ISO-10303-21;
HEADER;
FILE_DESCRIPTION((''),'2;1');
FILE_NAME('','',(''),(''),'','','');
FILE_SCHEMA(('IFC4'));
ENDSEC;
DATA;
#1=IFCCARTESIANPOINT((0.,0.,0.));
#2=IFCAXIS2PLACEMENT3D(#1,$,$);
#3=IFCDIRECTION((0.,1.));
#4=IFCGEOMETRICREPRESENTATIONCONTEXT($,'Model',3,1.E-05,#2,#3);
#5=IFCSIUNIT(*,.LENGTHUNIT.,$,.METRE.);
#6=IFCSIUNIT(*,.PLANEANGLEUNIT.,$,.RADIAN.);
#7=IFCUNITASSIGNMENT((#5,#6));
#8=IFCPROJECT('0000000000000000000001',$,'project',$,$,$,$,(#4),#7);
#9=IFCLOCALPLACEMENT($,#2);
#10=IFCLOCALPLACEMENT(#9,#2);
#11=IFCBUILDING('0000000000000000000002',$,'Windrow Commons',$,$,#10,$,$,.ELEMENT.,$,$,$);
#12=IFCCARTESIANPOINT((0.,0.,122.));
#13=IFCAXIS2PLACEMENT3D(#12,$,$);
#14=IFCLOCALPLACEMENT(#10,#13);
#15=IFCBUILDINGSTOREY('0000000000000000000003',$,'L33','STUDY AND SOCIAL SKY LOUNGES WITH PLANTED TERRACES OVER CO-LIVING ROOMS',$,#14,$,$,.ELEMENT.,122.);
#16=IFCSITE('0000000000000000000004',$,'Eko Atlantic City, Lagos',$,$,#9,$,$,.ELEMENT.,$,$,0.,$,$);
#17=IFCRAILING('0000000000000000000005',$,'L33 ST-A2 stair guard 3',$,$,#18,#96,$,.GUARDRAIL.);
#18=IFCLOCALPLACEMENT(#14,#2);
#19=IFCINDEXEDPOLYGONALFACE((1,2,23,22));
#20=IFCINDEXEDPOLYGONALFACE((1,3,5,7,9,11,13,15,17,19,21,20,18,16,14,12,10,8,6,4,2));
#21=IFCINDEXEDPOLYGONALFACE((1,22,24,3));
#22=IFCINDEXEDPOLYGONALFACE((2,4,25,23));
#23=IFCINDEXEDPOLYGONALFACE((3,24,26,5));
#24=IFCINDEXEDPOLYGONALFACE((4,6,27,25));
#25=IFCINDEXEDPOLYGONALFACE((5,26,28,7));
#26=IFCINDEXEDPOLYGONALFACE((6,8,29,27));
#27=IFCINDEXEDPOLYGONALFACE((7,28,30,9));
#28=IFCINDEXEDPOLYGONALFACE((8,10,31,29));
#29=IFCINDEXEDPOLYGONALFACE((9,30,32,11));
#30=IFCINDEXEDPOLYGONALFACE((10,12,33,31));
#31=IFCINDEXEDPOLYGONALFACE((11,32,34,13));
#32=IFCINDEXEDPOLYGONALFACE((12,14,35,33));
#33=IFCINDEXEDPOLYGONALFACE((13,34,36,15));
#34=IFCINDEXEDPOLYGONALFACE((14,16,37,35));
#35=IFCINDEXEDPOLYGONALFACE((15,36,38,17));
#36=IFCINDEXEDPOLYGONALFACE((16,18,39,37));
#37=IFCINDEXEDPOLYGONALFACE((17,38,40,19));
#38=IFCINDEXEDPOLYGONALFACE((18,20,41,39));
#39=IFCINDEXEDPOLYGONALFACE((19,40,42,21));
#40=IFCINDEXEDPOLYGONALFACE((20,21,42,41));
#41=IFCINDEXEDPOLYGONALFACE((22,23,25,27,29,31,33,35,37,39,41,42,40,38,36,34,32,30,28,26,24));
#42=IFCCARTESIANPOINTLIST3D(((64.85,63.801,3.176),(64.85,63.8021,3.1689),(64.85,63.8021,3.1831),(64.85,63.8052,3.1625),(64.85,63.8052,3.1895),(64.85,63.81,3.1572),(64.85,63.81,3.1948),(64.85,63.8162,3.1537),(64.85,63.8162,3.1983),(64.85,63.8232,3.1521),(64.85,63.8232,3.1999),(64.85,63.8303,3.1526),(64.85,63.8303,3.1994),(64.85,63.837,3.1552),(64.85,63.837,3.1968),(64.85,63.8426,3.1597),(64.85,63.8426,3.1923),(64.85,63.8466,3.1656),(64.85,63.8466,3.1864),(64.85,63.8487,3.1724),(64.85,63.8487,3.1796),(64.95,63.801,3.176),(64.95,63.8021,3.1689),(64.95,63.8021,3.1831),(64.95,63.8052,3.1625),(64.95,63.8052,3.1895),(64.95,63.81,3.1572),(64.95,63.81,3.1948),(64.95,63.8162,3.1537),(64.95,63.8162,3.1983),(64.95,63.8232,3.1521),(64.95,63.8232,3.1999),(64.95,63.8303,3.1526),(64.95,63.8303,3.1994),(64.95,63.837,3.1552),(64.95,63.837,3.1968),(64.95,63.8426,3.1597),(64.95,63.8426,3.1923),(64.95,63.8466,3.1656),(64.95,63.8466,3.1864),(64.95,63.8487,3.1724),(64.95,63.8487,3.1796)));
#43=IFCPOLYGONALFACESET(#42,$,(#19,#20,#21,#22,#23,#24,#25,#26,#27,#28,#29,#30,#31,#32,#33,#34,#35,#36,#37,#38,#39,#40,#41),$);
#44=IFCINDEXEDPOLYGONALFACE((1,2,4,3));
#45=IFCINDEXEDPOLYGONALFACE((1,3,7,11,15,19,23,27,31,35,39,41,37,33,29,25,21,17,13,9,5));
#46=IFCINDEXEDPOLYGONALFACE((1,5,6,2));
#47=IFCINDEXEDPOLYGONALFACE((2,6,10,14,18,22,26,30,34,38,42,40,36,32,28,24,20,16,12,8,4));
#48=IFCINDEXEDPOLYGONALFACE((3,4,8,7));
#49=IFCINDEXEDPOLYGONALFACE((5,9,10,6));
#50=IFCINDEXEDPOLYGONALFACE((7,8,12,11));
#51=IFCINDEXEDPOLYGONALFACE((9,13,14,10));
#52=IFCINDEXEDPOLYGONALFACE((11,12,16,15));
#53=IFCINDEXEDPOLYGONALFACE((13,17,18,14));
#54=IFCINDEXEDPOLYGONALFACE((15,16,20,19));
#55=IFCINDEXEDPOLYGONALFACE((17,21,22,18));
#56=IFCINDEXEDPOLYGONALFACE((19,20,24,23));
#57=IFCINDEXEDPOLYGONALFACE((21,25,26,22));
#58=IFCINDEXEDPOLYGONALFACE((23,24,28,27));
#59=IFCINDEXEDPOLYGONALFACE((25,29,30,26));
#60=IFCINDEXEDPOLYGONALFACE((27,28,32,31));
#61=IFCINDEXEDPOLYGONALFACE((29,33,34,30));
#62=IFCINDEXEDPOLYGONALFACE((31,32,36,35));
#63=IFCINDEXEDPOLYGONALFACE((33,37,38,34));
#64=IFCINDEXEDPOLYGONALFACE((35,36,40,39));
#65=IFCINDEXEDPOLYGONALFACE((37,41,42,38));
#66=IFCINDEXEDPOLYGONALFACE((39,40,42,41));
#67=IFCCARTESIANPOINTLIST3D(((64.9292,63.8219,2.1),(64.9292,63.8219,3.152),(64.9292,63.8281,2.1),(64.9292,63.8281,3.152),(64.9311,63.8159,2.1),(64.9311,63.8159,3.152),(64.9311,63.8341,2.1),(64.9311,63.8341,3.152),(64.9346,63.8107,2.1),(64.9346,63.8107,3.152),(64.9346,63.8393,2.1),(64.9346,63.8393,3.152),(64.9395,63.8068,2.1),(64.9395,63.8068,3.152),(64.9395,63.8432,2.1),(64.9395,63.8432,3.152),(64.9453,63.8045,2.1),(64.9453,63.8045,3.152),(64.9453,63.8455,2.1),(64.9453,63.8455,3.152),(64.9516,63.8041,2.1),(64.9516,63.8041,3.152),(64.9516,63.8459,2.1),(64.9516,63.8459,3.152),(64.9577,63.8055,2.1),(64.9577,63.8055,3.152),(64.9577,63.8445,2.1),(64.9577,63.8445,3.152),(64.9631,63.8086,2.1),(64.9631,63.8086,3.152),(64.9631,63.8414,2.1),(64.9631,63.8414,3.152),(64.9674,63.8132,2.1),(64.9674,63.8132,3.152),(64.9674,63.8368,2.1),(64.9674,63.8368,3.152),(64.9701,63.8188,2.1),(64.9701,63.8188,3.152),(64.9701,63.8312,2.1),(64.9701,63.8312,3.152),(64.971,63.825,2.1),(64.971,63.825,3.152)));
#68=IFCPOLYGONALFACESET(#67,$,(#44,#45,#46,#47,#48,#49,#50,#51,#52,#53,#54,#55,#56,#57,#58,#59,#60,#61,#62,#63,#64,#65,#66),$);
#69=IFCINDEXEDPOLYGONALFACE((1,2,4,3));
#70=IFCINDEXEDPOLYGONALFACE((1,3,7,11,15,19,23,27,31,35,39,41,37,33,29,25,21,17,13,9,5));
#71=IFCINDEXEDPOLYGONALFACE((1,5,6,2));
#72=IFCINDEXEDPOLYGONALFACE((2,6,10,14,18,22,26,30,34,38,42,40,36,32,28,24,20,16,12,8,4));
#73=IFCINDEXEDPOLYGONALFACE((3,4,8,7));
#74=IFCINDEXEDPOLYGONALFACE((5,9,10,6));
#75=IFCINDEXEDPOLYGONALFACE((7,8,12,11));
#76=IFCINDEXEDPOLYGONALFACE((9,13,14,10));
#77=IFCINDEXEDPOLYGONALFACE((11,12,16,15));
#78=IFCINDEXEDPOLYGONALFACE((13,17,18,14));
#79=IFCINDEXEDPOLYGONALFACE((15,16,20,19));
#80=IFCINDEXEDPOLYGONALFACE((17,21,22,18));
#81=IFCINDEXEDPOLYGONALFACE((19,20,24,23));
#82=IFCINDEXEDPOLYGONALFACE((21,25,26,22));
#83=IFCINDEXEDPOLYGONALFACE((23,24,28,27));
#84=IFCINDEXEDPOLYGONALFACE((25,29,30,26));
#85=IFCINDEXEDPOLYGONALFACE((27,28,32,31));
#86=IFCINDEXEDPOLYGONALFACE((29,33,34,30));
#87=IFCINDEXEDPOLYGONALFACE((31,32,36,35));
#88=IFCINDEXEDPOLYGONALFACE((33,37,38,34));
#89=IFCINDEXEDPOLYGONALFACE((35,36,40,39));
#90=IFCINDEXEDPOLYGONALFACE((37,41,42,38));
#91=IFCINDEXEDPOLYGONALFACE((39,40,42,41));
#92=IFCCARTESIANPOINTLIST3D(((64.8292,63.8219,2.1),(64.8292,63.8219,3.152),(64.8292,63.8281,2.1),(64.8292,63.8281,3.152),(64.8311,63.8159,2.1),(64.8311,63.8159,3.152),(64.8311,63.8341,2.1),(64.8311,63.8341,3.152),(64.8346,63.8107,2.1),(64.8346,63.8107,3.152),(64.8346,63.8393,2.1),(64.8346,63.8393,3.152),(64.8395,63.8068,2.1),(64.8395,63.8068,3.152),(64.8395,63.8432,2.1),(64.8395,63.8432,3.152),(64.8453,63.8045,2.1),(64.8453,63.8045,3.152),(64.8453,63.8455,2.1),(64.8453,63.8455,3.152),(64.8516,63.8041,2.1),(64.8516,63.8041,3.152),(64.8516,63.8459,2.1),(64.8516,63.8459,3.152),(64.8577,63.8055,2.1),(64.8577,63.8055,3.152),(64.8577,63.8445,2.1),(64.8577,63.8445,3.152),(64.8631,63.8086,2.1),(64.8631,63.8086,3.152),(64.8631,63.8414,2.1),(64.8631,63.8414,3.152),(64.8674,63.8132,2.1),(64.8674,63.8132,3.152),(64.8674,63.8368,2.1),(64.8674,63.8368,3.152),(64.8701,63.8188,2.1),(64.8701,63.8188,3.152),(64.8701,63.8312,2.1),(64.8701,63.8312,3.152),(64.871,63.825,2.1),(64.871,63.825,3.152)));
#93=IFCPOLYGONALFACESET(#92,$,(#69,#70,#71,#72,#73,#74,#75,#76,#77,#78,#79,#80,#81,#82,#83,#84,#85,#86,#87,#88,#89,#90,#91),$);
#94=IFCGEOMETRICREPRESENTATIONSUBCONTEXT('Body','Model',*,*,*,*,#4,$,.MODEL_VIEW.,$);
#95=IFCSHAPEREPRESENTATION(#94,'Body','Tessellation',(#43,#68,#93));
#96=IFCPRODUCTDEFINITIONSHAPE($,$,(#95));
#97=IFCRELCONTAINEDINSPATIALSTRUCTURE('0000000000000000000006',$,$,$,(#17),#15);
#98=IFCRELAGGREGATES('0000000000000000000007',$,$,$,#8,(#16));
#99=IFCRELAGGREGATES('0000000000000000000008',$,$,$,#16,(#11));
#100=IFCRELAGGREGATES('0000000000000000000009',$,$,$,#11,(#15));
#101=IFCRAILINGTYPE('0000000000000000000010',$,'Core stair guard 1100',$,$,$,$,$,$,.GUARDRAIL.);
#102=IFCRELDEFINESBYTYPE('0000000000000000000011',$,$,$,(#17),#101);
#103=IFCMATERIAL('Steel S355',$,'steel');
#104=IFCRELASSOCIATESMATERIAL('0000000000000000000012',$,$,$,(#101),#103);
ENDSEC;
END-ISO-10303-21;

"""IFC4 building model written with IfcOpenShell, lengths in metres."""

from ifc_helpers import new_model, si_unit, direction, frame, origin, origin_2d, place, context, subcontext, project, spatial, circle, extrude, material, type_object, element, save


model = new_model("IFC4")

# Units and contexts
model_context = context("Model", 3, precision=1e-05, world=origin(), true_north=direction((0.0, 1.0)))
body_context = subcontext(model_context, "Body", "Model", "MODEL_VIEW")
ifc_project = project(units=[si_unit("LENGTHUNIT", "METRE"), si_unit("PLANEANGLEUNIT", "RADIAN")], contexts=[model_context])

# Site, building, storey
site_placement = place(None, origin())
site = spatial("IfcSite", under=ifc_project, at=site_placement, Name="Eko Atlantic City, Lagos", CompositionType="ELEMENT", RefElevation=0.0)
building_placement = place(site_placement, origin())
building = spatial("IfcBuilding", under=site, at=building_placement, Name="Windrow Commons", CompositionType="ELEMENT")
storey_placement = place(building_placement, frame((0.0, 0.0, 122.0)))
storey = spatial("IfcBuildingStorey", under=building, at=storey_placement, Name="L33", Description="STUDY AND SOCIAL SKY LOUNGES WITH PLANTED TERRACES OVER CO-LIVING ROOMS", CompositionType="ELEMENT", Elevation=122.0)

# Railing
ifc_material_1 = material(Name="Steel S355", Category="steel")
railing_type_1 = type_object("IfcRailingType", Name="Core stair guard 1100", PredefinedType="GUARDRAIL", material=ifc_material_1)
railing_1_placement = place(storey_placement, frame((64.95, 63.825, 2.1)))
element("IfcRailing", 1, at=railing_1_placement, inside=storey, type_object=railing_type_1, Name="L33 ST-A2 stair guard 3", PredefinedType="GUARDRAIL", context=body_context, shape_type="SweptSolid", body=[
    extrude(circle(Radius=0.024, at=origin_2d()), frame((0.0, 0.0, 1.076), z_axis=(-1.0, 0.0, 0.0), x_axis=(0.0, -1.0, 0.0)), (0.0, 0.0, 1.0), 0.1),
    extrude(circle(Radius=0.021, at=origin_2d()), origin(), (0.0, 0.0, 1.0), 1.052),
    extrude(circle(Radius=0.021, at=origin_2d()), frame((-0.1, 0.0, 0.0)), (0.0, 0.0, 1.0), 1.052),
])

save(model, "model.ifc")
